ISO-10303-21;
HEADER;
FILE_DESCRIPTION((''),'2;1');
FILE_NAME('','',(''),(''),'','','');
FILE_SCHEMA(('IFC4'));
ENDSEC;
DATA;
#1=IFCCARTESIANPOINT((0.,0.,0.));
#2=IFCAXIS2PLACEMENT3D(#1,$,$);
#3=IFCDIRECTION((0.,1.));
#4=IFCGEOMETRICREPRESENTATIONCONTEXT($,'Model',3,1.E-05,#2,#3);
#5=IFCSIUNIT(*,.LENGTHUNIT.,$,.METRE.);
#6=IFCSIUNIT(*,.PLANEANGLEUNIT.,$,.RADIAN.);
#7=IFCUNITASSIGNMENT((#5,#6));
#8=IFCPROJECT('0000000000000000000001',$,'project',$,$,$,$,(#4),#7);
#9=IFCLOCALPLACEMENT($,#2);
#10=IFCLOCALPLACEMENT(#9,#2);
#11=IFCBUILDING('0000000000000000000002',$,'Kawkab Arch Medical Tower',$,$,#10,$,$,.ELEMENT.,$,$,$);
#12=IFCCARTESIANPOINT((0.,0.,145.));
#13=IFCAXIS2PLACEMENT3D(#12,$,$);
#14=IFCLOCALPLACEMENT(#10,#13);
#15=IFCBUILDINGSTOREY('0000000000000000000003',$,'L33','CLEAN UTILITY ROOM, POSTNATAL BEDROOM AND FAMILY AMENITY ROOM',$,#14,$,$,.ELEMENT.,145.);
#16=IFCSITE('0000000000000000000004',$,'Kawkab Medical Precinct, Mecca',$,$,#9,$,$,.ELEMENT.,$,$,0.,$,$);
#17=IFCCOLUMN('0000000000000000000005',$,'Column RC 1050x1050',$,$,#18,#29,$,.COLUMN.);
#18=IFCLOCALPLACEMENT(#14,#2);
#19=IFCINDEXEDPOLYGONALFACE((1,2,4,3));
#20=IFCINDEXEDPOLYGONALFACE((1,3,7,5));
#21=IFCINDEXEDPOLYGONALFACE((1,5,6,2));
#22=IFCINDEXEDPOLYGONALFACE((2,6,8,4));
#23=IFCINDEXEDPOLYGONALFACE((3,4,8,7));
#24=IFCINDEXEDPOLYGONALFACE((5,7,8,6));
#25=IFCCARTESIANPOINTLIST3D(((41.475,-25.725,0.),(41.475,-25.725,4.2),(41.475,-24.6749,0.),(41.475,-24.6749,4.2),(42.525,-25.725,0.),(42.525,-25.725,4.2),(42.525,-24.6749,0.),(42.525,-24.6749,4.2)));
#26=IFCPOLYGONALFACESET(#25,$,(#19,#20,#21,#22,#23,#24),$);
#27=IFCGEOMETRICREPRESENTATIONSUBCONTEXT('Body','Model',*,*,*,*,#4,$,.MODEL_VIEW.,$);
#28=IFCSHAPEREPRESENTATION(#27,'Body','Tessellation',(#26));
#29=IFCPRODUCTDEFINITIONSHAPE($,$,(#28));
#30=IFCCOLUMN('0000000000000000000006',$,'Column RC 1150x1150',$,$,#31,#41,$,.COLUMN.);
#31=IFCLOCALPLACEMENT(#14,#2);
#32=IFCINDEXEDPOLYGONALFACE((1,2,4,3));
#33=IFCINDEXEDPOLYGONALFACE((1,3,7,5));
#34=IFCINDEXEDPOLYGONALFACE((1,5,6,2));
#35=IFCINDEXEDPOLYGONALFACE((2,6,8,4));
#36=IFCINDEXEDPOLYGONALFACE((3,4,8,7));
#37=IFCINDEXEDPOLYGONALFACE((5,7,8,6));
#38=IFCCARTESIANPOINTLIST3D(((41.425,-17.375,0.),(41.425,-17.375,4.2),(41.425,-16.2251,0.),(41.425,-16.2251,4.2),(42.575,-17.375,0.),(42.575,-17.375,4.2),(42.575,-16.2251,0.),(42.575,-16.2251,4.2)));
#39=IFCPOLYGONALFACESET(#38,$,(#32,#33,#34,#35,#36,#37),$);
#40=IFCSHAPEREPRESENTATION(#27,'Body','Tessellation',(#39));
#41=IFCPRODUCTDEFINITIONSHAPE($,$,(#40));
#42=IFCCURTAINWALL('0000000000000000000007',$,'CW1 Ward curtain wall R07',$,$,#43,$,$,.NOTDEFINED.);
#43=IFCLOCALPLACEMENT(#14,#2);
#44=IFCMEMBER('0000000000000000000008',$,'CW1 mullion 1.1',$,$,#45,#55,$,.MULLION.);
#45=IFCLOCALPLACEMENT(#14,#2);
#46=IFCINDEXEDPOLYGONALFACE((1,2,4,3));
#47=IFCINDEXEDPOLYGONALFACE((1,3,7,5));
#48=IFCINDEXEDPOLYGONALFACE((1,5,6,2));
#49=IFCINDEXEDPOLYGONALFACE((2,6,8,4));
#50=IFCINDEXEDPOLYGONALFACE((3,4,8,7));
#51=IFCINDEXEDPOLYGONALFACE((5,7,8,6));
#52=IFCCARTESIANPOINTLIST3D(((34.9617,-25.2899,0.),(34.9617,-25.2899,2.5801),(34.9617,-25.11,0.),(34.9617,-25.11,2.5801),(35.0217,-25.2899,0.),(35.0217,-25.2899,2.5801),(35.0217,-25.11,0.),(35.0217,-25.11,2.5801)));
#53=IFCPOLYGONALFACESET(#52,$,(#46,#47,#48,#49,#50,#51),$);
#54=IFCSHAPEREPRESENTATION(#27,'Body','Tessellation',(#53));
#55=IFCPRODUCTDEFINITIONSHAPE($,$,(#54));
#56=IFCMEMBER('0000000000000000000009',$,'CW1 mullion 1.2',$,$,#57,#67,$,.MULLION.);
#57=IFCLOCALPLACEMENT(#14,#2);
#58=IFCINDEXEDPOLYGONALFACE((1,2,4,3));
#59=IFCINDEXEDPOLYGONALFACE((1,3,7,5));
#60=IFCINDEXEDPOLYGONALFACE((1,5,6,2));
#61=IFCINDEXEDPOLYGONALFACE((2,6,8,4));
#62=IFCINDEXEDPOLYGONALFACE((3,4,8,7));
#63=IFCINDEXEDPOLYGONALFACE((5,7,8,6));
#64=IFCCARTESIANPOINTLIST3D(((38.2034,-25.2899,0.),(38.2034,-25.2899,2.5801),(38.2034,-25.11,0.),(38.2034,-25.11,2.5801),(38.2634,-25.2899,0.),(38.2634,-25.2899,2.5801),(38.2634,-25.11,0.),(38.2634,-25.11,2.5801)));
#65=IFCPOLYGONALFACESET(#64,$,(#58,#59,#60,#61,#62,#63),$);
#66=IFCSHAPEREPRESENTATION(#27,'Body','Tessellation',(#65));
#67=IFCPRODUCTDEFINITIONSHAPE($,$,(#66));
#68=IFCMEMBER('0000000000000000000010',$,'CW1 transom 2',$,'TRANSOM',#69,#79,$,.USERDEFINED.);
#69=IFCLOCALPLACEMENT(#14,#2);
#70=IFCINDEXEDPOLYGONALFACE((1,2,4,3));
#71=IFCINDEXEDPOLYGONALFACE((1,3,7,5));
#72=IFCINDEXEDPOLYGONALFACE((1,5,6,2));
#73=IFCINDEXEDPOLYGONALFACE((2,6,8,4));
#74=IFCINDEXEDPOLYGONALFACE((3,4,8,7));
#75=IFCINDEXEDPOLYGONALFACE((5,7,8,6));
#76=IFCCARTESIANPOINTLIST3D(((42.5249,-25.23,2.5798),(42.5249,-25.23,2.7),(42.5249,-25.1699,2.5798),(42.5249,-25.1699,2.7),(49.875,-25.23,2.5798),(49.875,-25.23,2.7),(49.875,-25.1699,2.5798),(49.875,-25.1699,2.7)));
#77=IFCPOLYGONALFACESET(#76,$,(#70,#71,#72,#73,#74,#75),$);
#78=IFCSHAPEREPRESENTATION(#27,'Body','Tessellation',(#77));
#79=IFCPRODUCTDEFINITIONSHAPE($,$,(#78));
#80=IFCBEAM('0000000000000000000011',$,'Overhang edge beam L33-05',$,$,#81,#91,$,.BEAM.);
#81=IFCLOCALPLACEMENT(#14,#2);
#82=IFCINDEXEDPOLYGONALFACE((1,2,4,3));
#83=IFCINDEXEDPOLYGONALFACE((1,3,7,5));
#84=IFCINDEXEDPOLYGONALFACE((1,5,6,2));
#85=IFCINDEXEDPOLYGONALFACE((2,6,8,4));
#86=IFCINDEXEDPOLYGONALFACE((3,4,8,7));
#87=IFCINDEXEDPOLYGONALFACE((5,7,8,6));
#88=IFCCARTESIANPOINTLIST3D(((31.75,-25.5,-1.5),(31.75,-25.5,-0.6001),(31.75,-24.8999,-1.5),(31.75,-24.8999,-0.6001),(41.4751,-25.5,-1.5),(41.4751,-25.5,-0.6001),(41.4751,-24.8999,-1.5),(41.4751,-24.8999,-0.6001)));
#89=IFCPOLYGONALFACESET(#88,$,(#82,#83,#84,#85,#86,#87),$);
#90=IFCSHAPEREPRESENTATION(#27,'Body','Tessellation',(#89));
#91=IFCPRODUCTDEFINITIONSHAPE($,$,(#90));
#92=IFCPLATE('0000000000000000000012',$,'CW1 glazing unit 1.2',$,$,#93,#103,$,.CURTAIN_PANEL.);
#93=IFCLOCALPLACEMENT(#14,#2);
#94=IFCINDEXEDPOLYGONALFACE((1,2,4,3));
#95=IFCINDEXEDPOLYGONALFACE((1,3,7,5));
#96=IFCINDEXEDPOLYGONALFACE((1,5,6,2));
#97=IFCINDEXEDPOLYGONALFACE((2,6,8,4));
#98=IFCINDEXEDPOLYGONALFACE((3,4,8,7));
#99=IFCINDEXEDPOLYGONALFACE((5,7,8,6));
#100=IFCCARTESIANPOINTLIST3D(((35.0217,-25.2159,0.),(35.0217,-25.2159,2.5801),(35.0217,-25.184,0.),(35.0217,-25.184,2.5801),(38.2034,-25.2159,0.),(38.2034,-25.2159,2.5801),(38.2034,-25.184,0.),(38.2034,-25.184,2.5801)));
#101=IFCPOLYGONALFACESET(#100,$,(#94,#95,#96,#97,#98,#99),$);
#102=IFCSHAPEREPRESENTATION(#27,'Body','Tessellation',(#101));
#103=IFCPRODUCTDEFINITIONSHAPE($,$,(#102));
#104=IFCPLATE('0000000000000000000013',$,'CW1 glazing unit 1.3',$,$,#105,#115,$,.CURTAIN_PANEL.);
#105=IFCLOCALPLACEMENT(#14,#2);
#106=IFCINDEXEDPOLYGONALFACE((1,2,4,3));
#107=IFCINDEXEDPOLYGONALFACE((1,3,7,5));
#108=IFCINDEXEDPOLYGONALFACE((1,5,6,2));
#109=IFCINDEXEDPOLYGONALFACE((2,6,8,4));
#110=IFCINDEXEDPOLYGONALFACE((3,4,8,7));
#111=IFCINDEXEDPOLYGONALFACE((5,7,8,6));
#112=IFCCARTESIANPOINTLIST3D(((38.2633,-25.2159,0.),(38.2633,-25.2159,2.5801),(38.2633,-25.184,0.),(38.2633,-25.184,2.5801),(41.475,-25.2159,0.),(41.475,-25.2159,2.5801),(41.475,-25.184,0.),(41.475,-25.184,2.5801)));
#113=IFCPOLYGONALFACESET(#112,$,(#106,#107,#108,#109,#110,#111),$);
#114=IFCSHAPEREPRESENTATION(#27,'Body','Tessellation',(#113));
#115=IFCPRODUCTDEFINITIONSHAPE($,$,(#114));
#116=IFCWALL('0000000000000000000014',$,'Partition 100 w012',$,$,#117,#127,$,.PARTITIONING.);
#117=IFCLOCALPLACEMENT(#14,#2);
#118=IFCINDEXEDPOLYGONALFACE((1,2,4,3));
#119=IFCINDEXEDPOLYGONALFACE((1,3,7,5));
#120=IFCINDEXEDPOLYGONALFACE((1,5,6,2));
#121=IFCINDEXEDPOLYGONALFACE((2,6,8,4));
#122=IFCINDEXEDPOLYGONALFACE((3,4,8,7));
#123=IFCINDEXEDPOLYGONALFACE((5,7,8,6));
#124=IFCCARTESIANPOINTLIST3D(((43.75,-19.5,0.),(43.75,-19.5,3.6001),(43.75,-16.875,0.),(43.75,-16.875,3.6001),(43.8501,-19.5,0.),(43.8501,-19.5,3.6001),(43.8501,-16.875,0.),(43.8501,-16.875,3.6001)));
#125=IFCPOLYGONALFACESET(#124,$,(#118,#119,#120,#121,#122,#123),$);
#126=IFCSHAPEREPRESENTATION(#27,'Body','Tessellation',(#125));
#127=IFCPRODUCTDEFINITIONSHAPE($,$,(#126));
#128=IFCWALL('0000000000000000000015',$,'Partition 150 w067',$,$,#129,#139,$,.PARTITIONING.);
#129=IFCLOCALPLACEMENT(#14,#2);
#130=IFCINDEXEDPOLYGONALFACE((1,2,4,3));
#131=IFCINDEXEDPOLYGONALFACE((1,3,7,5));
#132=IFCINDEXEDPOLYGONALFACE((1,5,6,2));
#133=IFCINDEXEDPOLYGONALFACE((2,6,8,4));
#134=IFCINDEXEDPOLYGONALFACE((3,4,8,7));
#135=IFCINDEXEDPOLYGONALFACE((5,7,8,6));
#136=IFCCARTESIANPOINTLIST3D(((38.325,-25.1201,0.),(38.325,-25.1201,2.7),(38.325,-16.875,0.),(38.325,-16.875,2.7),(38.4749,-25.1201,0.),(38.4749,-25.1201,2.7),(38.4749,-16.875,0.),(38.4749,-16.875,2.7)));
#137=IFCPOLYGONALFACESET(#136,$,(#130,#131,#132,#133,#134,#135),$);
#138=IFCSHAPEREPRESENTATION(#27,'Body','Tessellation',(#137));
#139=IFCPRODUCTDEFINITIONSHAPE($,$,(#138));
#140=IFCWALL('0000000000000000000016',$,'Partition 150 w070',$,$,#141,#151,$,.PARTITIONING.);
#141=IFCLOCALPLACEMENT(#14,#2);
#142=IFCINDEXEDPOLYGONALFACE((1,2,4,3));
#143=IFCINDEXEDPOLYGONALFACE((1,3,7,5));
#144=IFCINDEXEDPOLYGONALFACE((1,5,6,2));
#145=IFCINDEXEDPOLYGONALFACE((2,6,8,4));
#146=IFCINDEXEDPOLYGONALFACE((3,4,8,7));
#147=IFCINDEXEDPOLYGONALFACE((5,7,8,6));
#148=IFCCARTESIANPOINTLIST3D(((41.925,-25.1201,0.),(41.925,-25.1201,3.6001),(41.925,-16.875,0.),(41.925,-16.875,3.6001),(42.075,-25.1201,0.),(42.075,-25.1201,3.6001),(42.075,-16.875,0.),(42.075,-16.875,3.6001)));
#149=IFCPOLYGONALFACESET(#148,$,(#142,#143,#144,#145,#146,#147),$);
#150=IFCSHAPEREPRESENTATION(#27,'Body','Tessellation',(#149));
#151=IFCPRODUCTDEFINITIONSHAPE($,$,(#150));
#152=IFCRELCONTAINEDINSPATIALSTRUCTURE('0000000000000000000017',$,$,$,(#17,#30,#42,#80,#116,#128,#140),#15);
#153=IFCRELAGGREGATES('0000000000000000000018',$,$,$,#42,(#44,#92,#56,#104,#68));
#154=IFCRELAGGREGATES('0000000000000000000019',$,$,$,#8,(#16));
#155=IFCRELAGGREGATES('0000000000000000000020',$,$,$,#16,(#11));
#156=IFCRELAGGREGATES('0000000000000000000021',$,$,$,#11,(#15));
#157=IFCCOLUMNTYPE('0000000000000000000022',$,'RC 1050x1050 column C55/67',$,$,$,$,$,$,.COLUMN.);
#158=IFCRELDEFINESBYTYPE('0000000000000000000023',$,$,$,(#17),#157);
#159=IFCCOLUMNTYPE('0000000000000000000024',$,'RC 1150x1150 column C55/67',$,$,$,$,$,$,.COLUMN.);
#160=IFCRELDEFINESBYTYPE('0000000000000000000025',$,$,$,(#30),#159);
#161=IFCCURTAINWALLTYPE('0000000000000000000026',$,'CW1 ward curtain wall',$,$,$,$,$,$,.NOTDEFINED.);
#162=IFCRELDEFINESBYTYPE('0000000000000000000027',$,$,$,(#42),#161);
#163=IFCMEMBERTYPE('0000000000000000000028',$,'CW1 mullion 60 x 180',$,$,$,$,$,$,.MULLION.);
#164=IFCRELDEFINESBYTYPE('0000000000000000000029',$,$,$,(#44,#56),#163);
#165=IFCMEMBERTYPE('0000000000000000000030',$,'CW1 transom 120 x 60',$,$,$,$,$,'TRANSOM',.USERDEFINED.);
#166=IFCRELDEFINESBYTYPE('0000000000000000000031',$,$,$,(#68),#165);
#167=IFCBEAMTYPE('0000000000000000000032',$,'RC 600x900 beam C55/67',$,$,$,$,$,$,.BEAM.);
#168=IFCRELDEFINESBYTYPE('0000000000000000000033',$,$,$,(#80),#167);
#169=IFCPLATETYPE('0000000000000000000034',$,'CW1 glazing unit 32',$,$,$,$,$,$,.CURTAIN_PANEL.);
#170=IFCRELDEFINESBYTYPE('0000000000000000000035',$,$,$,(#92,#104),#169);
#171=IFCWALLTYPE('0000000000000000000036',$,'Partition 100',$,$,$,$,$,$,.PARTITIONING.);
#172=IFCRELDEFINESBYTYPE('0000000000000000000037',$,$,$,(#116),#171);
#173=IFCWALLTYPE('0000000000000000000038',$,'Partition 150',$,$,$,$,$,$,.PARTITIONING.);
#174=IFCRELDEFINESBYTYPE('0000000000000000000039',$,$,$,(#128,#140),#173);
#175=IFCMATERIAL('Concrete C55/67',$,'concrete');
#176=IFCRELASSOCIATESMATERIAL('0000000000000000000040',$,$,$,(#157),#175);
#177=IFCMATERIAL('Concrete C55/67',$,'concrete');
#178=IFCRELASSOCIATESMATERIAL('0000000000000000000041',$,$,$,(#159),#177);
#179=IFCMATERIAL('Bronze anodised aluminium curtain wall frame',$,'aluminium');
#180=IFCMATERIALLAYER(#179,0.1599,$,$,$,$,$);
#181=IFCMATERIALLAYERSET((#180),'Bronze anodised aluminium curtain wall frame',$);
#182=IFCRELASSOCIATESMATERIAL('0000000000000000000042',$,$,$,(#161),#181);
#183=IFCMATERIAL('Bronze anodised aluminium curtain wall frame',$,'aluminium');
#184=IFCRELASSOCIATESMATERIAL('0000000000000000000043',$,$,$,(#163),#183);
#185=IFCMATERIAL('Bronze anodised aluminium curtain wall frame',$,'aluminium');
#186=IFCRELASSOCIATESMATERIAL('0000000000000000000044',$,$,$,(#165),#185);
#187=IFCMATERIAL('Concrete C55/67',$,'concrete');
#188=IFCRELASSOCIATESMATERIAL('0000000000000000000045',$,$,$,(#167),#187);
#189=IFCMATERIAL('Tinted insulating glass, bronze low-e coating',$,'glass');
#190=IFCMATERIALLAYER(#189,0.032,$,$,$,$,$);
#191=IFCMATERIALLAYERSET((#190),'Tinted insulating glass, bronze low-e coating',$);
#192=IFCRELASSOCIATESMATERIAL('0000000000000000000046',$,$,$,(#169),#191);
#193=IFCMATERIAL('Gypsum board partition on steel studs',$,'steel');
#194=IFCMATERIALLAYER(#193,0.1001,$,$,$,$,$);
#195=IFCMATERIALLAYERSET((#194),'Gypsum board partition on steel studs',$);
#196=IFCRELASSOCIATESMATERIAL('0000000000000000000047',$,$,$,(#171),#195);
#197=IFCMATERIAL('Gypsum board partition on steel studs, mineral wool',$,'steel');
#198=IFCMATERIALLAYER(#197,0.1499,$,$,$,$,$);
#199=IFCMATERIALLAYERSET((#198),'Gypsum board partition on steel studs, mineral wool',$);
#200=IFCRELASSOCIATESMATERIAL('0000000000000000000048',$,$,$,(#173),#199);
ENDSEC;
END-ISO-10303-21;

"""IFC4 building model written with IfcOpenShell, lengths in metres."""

from ifc_helpers import new_model, si_unit, direction, frame, frame_2d, origin, origin_2d, place, context, subcontext, project, spatial, rectangle, extrude, material, layer, layer_set, material_profile, profile_set, type_object, element, aggregate, save


model = new_model("IFC4")

# Units and contexts
model_context = context("Model", 3, precision=1e-05, world=origin(), true_north=direction((0.0, 1.0)))
body_context = subcontext(model_context, "Body", "Model", "MODEL_VIEW")
ifc_project = project(units=[si_unit("LENGTHUNIT", "METRE"), si_unit("PLANEANGLEUNIT", "RADIAN")], contexts=[model_context])

# Site, building, storey
site_placement = place(None, origin())
site = spatial("IfcSite", under=ifc_project, at=site_placement, Name="Kawkab Medical Precinct, Mecca", CompositionType="ELEMENT", RefElevation=0.0)
building_placement = place(site_placement, origin())
building = spatial("IfcBuilding", under=site, at=building_placement, Name="Kawkab Arch Medical Tower", CompositionType="ELEMENT")
storey_placement = place(building_placement, frame((0.0, 0.0, 145.0)))
storey = spatial("IfcBuildingStorey", under=building, at=storey_placement, Name="L33", Description="CLEAN UTILITY ROOM, POSTNATAL BEDROOM AND FAMILY AMENITY ROOM", CompositionType="ELEMENT", Elevation=145.0)

# Columns
ifc_material_1 = material(Name="Concrete C55/67", Category="concrete")
ifc_material_profile_1 = material_profile(ifc_material_1, rectangle(XDim=1.05, YDim=1.05, at=origin_2d()), Name="RC 1050x1050")
ifc_profile_set_1 = profile_set([ifc_material_profile_1], Name="Concrete C55/67")
column_type_1 = type_object("IfcColumnType", Name="RC 1050x1050 column C55/67", PredefinedType="COLUMN", material=ifc_profile_set_1)
column_1_placement = place(storey_placement, frame((42.0, -25.2, 0.0), z_axis=(0.0, 0.0, 1.0), x_axis=(1.0, 0.0, 0.0)))
element("IfcColumn", 1, at=column_1_placement, inside=storey, type_object=column_type_1, Name="Column RC 1050x1050", PredefinedType="COLUMN", context=body_context, shape_type="SweptSolid", body=[
    extrude(rectangle(XDim=1.05, YDim=1.05, at=origin_2d()), origin(), (0.0, 0.0, 1.0), 4.2),
])
ifc_material_2 = material(Name="Concrete C55/67", Category="concrete")
ifc_material_profile_2 = material_profile(ifc_material_2, rectangle(XDim=1.1499, YDim=1.1499, at=origin_2d()), Name="RC 1150x1150")
ifc_profile_set_2 = profile_set([ifc_material_profile_2], Name="Concrete C55/67")
column_type_2 = type_object("IfcColumnType", Name="RC 1150x1150 column C55/67", PredefinedType="COLUMN", material=ifc_profile_set_2)
column_2_placement = place(storey_placement, frame((42.0, -16.8, 0.0), z_axis=(0.0, 0.0, 1.0), x_axis=(1.0, 0.0, 0.0)))
element("IfcColumn", 2, at=column_2_placement, inside=storey, type_object=column_type_2, Name="Column RC 1150x1150", PredefinedType="COLUMN", context=body_context, shape_type="SweptSolid", body=[
    extrude(rectangle(XDim=1.1499, YDim=1.1499, at=origin_2d()), origin(), (0.0, 0.0, 1.0), 4.2),
])

# Curtain wall, members
ifc_material_3 = material(Name="Bronze anodised aluminium curtain wall frame", Category="aluminium")
ifc_layer_1 = layer(ifc_material_3, 0.1599)
ifc_layer_set_1 = layer_set([ifc_layer_1], Name="Bronze anodised aluminium curtain wall frame")
curtain_wall_type = type_object("IfcCurtainWallType", Name="CW1 ward curtain wall", PredefinedType="NOTDEFINED", material=ifc_layer_set_1)
curtain_wall_placement = place(storey_placement, origin())
curtain_wall = element("IfcCurtainWall", 3, at=curtain_wall_placement, inside=storey, type_object=curtain_wall_type, Name="CW1 Ward curtain wall R07", PredefinedType="NOTDEFINED")
ifc_material_4 = material(Name="Bronze anodised aluminium curtain wall frame", Category="aluminium")
ifc_material_profile_3 = material_profile(ifc_material_4, rectangle(XDim=0.1799, YDim=0.0601, at=origin_2d()), Name="AL 60x180")
ifc_profile_set_3 = profile_set([ifc_material_profile_3], Name="Bronze anodised aluminium curtain wall frame")
member_type_1 = type_object("IfcMemberType", Name="CW1 mullion 60 x 180", PredefinedType="MULLION", material=ifc_profile_set_3)
member_1_placement = place(storey_placement, frame((34.9917, -25.2, 0.0), z_axis=(0.0, 0.0, 1.0), x_axis=(0.0, 1.0, 0.0)))
member_1 = element("IfcMember", 4, at=member_1_placement, type_object=member_type_1, Name="CW1 mullion 1.1", PredefinedType="MULLION", context=body_context, shape_type="SweptSolid", body=[
    extrude(rectangle(XDim=0.1799, YDim=0.0601, at=origin_2d()), origin(), (0.0, 0.0, 1.0), 2.5801),
])
member_2_placement = place(storey_placement, frame((38.2334, -25.2, 0.0), z_axis=(0.0, 0.0, 1.0), x_axis=(0.0, 1.0, 0.0)))
member_2 = element("IfcMember", 5, at=member_2_placement, type_object=member_type_1, Name="CW1 mullion 1.2", PredefinedType="MULLION", context=body_context, shape_type="SweptSolid", body=[
    extrude(rectangle(XDim=0.1799, YDim=0.0601, at=origin_2d()), origin(), (0.0, 0.0, 1.0), 2.5801),
])
ifc_material_5 = material(Name="Bronze anodised aluminium curtain wall frame", Category="aluminium")
ifc_material_profile_4 = material_profile(ifc_material_5, rectangle(XDim=0.0601, YDim=0.1201, at=origin_2d()), Name="AL 60x120")
ifc_profile_set_4 = profile_set([ifc_material_profile_4], Name="Bronze anodised aluminium curtain wall frame")
member_type_2 = type_object("IfcMemberType", Name="CW1 transom 120 x 60", ElementType="TRANSOM", PredefinedType="USERDEFINED", material=ifc_profile_set_4)
member_3_placement = place(storey_placement, frame((42.5249, -25.2, 2.6399), z_axis=(1.0, 0.0, 0.0), x_axis=(0.0, 1.0, 0.0)))
member_3 = element("IfcMember", 6, at=member_3_placement, type_object=member_type_2, Name="CW1 transom 2", ObjectType="TRANSOM", PredefinedType="USERDEFINED", context=body_context, shape_type="SweptSolid", body=[
    extrude(rectangle(XDim=0.0601, YDim=0.1201, at=origin_2d()), origin(), (0.0, 0.0, 1.0), 7.3501),
])

# Beam
ifc_material_6 = material(Name="Concrete C55/67", Category="concrete")
ifc_material_profile_5 = material_profile(ifc_material_6, rectangle(XDim=0.6001, YDim=0.8999, at=origin_2d()), Name="RC 600x900")
ifc_profile_set_5 = profile_set([ifc_material_profile_5], Name="Concrete C55/67")
beam_type = type_object("IfcBeamType", Name="RC 600x900 beam C55/67", PredefinedType="BEAM", material=ifc_profile_set_5)
beam_placement = place(storey_placement, frame((41.4751, -25.2, -1.05), z_axis=(-1.0, 0.0, 0.0), x_axis=(0.0, -1.0, 0.0)))
element("IfcBeam", 7, at=beam_placement, inside=storey, type_object=beam_type, Name="Overhang edge beam L33-05", PredefinedType="BEAM", context=body_context, shape_type="SweptSolid", body=[
    extrude(rectangle(XDim=0.6001, YDim=0.8999, at=origin_2d()), origin(), (0.0, 0.0, 1.0), 9.7251),
])

# Plates
ifc_material_7 = material(Name="Tinted insulating glass, bronze low-e coating", Category="glass")
ifc_layer_2 = layer(ifc_material_7, 0.032)
ifc_layer_set_2 = layer_set([ifc_layer_2], Name="Tinted insulating glass, bronze low-e coating")
plate_type = type_object("IfcPlateType", Name="CW1 glazing unit 32", PredefinedType="CURTAIN_PANEL", material=ifc_layer_set_2)
plate_1_placement = place(storey_placement, frame((36.6125, -25.2, 0.0), z_axis=(0.0, 0.0, 1.0), x_axis=(1.0, 0.0, 0.0)))
plate_1 = element("IfcPlate", 8, at=plate_1_placement, type_object=plate_type, Name="CW1 glazing unit 1.2", PredefinedType="CURTAIN_PANEL", context=body_context, shape_type="SweptSolid", body=[
    extrude(rectangle(XDim=3.1816, YDim=0.032, at=origin_2d()), origin(), (0.0, 0.0, 1.0), 2.5801),
])
plate_2_placement = place(storey_placement, frame((39.8691, -25.2, 0.0), z_axis=(0.0, 0.0, 1.0), x_axis=(1.0, 0.0, 0.0)))
plate_2 = element("IfcPlate", 9, at=plate_2_placement, type_object=plate_type, Name="CW1 glazing unit 1.3", PredefinedType="CURTAIN_PANEL", context=body_context, shape_type="SweptSolid", body=[
    extrude(rectangle(XDim=3.2117, YDim=0.032, at=origin_2d()), origin(), (0.0, 0.0, 1.0), 2.5801),
])
aggregate(curtain_wall, [member_1, plate_1, member_2, plate_2, member_3])

# Walls
ifc_material_8 = material(Name="Gypsum board partition on steel studs", Category="steel")
ifc_layer_3 = layer(ifc_material_8, 0.1001)
ifc_layer_set_3 = layer_set([ifc_layer_3], Name="Gypsum board partition on steel studs")
wall_type_1 = type_object("IfcWallType", Name="Partition 100", PredefinedType="PARTITIONING", material=ifc_layer_set_3)
wall_1_placement = place(storey_placement, frame((43.8, -19.5, 0.0), z_axis=(0.0, 0.0, 1.0), x_axis=(0.0, 1.0, 0.0)))
element("IfcWall", 10, at=wall_1_placement, inside=storey, type_object=wall_type_1, Name="Partition 100 w012", PredefinedType="PARTITIONING", context=body_context, shape_type="SweptSolid", body=[
    extrude(rectangle(XDim=2.625, YDim=0.1001, at=frame_2d((1.3125, 0.0))), origin(), (0.0, 0.0, 1.0), 3.6001),
])
ifc_material_9 = material(Name="Gypsum board partition on steel studs, mineral wool", Category="steel")
ifc_layer_4 = layer(ifc_material_9, 0.1499)
ifc_layer_set_4 = layer_set([ifc_layer_4], Name="Gypsum board partition on steel studs, mineral wool")
wall_type_2 = type_object("IfcWallType", Name="Partition 150", PredefinedType="PARTITIONING", material=ifc_layer_set_4)
wall_2_placement = place(storey_placement, frame((38.3999, -25.1201, 0.0), z_axis=(0.0, 0.0, 1.0), x_axis=(0.0, 1.0, 0.0)))
element("IfcWall", 11, at=wall_2_placement, inside=storey, type_object=wall_type_2, Name="Partition 150 w067", PredefinedType="PARTITIONING", context=body_context, shape_type="SweptSolid", body=[
    extrude(rectangle(XDim=8.2451, YDim=0.1499, at=frame_2d((4.1226, 0.0))), origin(), (0.0, 0.0, 1.0), 2.7),
])
wall_3_placement = place(storey_placement, frame((42.0, -25.1201, 0.0), z_axis=(0.0, 0.0, 1.0), x_axis=(0.0, 1.0, 0.0)))
element("IfcWall", 12, at=wall_3_placement, inside=storey, type_object=wall_type_2, Name="Partition 150 w070", PredefinedType="PARTITIONING", context=body_context, shape_type="SweptSolid", body=[
    extrude(rectangle(XDim=8.2451, YDim=0.1499, at=frame_2d((4.1226, 0.0))), origin(), (0.0, 0.0, 1.0), 3.6001),
])

save(model, "model.ifc")
